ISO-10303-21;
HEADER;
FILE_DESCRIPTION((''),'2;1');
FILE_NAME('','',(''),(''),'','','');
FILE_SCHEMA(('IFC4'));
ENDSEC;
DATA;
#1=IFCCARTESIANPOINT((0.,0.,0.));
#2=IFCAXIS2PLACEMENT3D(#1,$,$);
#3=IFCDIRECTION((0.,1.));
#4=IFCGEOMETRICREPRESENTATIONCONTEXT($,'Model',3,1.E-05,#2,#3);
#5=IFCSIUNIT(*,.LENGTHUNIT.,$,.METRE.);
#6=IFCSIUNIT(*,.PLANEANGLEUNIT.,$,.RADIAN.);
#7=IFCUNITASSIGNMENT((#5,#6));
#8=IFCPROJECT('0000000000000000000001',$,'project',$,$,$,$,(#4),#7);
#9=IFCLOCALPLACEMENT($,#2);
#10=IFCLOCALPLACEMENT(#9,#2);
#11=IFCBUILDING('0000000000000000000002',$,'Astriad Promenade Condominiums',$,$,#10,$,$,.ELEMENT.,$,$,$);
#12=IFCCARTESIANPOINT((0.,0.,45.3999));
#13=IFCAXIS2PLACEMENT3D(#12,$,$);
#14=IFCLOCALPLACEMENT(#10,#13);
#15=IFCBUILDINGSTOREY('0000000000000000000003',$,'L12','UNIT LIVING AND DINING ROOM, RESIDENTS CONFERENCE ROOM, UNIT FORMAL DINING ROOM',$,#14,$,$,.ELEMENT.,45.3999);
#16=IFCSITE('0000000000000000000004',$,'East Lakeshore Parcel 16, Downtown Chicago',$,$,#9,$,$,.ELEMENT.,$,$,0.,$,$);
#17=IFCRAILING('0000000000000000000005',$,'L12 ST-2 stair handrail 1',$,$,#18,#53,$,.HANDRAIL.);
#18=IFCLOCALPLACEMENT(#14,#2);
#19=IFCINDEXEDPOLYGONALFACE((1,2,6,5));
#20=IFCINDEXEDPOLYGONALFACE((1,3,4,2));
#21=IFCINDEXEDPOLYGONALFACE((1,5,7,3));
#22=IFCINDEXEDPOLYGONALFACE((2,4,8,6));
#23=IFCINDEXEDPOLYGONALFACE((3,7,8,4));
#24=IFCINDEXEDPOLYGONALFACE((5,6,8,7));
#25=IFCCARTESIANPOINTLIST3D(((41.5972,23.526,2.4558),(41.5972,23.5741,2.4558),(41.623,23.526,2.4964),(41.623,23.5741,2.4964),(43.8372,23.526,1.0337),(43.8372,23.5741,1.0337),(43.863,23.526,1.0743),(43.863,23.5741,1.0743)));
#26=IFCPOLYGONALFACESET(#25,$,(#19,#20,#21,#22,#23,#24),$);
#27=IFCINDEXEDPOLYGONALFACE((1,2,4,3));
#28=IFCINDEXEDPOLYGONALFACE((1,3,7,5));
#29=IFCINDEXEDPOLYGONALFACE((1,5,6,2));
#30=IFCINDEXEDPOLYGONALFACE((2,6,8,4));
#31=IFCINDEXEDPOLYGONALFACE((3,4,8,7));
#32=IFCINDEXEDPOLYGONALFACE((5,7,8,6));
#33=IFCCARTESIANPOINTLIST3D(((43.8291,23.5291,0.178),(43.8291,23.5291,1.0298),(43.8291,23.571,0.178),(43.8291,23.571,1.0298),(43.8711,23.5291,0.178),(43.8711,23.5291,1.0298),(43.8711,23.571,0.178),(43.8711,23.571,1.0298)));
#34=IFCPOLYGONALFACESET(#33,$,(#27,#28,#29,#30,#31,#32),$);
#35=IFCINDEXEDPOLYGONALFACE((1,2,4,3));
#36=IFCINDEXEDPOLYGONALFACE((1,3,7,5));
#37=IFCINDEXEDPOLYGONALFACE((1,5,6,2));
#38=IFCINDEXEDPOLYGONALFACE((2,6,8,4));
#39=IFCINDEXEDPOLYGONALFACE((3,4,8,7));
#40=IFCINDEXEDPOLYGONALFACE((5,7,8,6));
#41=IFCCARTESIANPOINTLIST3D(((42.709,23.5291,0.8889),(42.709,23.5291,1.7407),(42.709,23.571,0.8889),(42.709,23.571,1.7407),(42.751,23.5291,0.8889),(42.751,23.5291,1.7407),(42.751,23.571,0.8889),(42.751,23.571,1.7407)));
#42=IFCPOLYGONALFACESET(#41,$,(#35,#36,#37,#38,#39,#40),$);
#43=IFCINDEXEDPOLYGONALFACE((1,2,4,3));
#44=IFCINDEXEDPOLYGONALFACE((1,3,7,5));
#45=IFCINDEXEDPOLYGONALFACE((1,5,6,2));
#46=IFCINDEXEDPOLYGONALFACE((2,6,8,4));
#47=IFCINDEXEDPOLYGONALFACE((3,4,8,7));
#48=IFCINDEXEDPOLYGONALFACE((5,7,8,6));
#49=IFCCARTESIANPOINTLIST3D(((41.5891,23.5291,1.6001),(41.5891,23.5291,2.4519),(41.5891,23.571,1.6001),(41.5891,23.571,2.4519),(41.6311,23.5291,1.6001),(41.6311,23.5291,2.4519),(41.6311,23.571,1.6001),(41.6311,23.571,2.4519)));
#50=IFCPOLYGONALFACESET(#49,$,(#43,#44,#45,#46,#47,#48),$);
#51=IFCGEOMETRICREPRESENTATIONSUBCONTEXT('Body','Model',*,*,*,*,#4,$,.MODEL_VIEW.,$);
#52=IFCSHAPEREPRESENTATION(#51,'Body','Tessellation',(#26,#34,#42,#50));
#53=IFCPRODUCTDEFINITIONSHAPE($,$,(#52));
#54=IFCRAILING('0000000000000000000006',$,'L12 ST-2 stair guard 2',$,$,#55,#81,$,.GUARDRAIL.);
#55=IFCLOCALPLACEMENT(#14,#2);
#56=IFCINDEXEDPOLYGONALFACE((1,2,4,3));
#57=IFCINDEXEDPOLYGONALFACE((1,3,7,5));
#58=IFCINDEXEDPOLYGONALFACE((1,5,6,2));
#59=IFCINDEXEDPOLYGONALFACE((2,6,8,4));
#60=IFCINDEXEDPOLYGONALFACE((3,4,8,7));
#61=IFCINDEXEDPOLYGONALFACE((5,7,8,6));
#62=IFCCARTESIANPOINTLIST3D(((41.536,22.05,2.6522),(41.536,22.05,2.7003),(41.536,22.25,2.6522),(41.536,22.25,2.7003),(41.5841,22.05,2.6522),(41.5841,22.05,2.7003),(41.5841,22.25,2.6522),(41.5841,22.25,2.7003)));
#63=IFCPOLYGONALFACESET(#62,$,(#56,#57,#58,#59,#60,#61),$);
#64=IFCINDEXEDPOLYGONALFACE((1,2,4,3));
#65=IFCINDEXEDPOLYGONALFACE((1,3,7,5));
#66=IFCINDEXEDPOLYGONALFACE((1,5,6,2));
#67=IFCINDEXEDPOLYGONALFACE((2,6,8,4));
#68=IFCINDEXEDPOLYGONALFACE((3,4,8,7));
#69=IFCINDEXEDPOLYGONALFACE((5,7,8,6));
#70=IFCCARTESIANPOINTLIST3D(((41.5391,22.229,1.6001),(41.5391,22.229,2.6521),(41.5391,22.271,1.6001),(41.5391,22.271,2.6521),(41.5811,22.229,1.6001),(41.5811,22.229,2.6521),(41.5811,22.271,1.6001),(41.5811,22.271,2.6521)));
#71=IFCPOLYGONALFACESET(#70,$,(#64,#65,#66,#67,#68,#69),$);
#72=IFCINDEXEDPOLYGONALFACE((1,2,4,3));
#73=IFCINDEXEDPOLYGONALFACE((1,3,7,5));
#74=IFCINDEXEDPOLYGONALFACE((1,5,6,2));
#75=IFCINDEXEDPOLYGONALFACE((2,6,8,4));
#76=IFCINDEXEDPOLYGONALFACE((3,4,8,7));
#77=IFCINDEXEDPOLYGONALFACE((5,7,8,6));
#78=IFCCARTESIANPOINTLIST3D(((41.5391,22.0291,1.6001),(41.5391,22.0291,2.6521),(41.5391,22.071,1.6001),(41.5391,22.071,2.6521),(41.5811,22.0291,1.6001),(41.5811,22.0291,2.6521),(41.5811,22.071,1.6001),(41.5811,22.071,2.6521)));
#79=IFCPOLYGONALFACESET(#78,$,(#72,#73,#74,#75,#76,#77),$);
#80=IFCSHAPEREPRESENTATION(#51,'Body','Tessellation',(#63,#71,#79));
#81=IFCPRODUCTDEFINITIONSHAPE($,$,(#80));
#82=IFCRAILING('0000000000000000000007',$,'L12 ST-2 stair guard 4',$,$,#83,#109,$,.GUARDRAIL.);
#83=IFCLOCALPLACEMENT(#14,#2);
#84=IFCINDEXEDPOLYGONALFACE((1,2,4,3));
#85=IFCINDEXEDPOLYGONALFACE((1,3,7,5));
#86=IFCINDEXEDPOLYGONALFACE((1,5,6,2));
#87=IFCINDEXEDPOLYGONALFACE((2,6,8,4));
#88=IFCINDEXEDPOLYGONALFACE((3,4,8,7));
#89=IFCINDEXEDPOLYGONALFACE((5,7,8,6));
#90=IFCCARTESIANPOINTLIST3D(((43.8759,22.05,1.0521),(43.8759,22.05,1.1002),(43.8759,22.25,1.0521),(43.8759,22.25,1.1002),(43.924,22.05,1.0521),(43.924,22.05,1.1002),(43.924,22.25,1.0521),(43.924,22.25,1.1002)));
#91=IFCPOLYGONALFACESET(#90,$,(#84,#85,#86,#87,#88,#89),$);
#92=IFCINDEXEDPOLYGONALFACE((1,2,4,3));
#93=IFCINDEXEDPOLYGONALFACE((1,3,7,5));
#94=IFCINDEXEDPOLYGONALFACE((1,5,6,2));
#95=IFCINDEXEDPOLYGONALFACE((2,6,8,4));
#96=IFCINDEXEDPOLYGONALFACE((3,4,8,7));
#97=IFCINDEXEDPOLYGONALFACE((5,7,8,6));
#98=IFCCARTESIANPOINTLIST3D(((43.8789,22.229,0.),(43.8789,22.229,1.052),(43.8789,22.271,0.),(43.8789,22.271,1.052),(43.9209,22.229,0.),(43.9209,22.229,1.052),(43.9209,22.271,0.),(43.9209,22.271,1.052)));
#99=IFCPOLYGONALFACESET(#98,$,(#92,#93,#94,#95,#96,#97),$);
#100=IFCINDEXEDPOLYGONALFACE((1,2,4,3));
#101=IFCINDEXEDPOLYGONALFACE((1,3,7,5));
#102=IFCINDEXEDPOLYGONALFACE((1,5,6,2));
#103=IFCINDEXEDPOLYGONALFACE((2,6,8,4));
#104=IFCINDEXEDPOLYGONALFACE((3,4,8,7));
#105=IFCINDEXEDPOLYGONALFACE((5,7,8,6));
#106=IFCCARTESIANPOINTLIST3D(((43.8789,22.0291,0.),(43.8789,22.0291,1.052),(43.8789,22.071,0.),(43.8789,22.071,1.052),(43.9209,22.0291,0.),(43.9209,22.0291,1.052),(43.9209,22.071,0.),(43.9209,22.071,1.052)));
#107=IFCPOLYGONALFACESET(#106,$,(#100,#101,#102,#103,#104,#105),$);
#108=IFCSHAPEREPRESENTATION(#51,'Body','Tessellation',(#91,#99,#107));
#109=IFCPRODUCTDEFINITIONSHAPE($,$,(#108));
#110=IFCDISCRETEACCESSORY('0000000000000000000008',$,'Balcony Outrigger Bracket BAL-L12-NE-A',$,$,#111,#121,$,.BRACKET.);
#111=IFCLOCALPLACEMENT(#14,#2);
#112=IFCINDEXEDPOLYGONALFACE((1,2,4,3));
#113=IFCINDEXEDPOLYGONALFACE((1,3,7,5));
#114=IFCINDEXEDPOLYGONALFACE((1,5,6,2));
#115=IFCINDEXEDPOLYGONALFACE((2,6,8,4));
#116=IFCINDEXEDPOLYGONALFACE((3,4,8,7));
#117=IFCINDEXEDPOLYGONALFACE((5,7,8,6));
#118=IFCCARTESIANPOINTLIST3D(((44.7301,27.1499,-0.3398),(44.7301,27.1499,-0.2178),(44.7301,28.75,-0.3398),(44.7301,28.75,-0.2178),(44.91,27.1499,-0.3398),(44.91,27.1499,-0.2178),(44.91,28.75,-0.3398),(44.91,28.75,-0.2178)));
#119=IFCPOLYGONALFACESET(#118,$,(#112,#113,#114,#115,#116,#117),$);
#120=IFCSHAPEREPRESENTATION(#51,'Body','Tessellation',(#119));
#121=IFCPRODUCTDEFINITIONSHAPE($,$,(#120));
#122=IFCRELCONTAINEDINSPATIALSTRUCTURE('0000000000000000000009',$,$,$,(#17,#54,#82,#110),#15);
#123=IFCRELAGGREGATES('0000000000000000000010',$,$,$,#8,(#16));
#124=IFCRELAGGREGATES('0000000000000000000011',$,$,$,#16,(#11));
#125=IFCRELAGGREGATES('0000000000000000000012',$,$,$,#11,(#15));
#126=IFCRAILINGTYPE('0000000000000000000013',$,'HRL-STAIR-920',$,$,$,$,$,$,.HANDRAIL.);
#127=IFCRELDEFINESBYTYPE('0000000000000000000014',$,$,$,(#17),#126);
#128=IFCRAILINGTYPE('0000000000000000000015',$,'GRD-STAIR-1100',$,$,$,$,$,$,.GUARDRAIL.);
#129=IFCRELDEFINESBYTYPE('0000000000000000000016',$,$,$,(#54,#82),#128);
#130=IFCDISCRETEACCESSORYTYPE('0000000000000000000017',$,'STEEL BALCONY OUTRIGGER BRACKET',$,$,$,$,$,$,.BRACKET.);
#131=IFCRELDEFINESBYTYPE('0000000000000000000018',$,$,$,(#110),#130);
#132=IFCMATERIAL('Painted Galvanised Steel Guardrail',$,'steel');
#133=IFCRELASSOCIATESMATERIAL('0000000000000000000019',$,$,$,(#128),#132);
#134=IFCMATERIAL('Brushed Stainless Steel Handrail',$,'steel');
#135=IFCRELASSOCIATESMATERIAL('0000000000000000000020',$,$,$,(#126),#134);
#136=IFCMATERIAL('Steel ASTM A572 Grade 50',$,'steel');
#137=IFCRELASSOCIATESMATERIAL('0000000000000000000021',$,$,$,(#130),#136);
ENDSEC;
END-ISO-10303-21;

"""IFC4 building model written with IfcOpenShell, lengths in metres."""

from ifc_helpers import new_model, si_unit, direction, frame, origin, origin_2d, place, context, subcontext, project, spatial, rectangle, extrude, source, transform, mapped, material, type_object, type_shapes, element, save


model = new_model("IFC4")

# Units and contexts
model_context = context("Model", 3, precision=1e-05, world=origin(), true_north=direction((0.0, 1.0)))
body_context = subcontext(model_context, "Body", "Model", "MODEL_VIEW")
ifc_project = project(units=[si_unit("LENGTHUNIT", "METRE"), si_unit("PLANEANGLEUNIT", "RADIAN")], contexts=[model_context])

# Site, building, storey
site_placement = place(None, origin())
site = spatial("IfcSite", under=ifc_project, at=site_placement, Name="East Lakeshore Parcel 16, Downtown Chicago", CompositionType="ELEMENT", RefElevation=0.0)
building_placement = place(site_placement, origin())
building = spatial("IfcBuilding", under=site, at=building_placement, Name="Astriad Promenade Condominiums", CompositionType="ELEMENT")
storey_placement = place(building_placement, frame((0.0, 0.0, 45.3999)))
storey = spatial("IfcBuildingStorey", under=building, at=storey_placement, Name="L12", Description="UNIT LIVING AND DINING ROOM, RESIDENTS CONFERENCE ROOM, UNIT FORMAL DINING ROOM", CompositionType="ELEMENT", Elevation=45.3999)

# Railings
ifc_material_1 = material(Name="Painted Galvanised Steel Guardrail", Category="steel")
railing_type_1 = type_object("IfcRailingType", Name="GRD-STAIR-1100", PredefinedType="GUARDRAIL", material=ifc_material_1)
ifc_material_2 = material(Name="Brushed Stainless Steel Handrail", Category="steel")
railing_type_2 = type_object("IfcRailingType", Name="HRL-STAIR-920", PredefinedType="HANDRAIL", material=ifc_material_2)
shared_shape_1 = source(origin(), body_context, "Body", "SweptSolid", [
    extrude(rectangle(XDim=0.0481, YDim=0.0481, at=origin_2d()), frame((0.0, 0.0, 0.876), z_axis=(-0.844229, 0.0, 0.535982), x_axis=(0.0, -1.0, 0.0)), (0.0, 0.0, 1.0), 2.6533),
    extrude(rectangle(XDim=0.042, YDim=0.042, at=origin_2d()), origin(), (0.0, 0.0, 1.0), 0.8518),
    extrude(rectangle(XDim=0.042, YDim=0.042, at=origin_2d()), frame((-1.1201, 0.0, 0.7109)), (0.0, 0.0, 1.0), 0.8518),
    extrude(rectangle(XDim=0.042, YDim=0.042, at=origin_2d()), frame((-2.24, 0.0, 1.4221)), (0.0, 0.0, 1.0), 0.8518),
])
railing_1_placement = place(storey_placement, frame((43.8501, 23.55, 0.178)))
element("IfcRailing", 1, at=railing_1_placement, inside=storey, type_object=railing_type_2, Name="L12 ST-2 stair handrail 1", PredefinedType="HANDRAIL", context=body_context, shape_type="MappedRepresentation", body=[
    mapped(shared_shape_1, transform((0.0, 0.0, 0.0), scale=1.0)),
])
shared_shape_2 = source(origin(), body_context, "Body", "SweptSolid", [
    extrude(rectangle(XDim=0.0481, YDim=0.0481, at=origin_2d()), frame((0.0, 0.0, 1.0762), z_axis=(0.0, -1.0, 0.0), x_axis=(1.0, 0.0, 0.0)), (0.0, 0.0, 1.0), 0.2),
    extrude(rectangle(XDim=0.042, YDim=0.042, at=origin_2d()), origin(), (0.0, 0.0, 1.0), 1.052),
    extrude(rectangle(XDim=0.042, YDim=0.042, at=origin_2d()), frame((0.0, -0.2, 0.0)), (0.0, 0.0, 1.0), 1.052),
])
for number, where, name in (
    (2, (41.5601, 22.25, 1.6001), "L12 ST-2 stair guard 2"),
    (3, (43.8999, 22.25, 0.0), "L12 ST-2 stair guard 4"),
):
    element("IfcRailing", number, at=place(storey_placement, frame(where)), inside=storey, type_object=railing_type_1, Name=name, PredefinedType="GUARDRAIL", context=body_context, shape_type="MappedRepresentation", body=[
        mapped(shared_shape_2, transform((0.0, 0.0, 0.0), scale=1.0)),
    ])

# Discrete accessory
ifc_material_3 = material(Name="Steel ASTM A572 Grade 50", Category="steel")
discrete_accessory_type = type_object("IfcDiscreteAccessoryType", Name="STEEL BALCONY OUTRIGGER BRACKET", PredefinedType="BRACKET", material=ifc_material_3)
shared_shape_3 = source(origin(), body_context, "Body", "SweptSolid", [
    extrude(rectangle(XDim=1.6001, YDim=0.1799, at=origin_2d()), origin(), (0.0, 0.0, 1.0), 0.1221),
])
type_shapes(discrete_accessory_type, [shared_shape_3])
discrete_accessory_placement = place(storey_placement, frame((44.8201, 27.95, -0.3398), z_axis=(0.0, 0.0, 1.0), x_axis=(0.0, 1.0, 0.0)))
element("IfcDiscreteAccessory", 4, at=discrete_accessory_placement, inside=storey, type_object=discrete_accessory_type, Name="Balcony Outrigger Bracket BAL-L12-NE-A", PredefinedType="BRACKET", context=body_context, shape_type="MappedRepresentation", body=[
    mapped(shared_shape_3, transform((0.0, 0.0, 0.0), scale=1.0)),
])

save(model, "model.ifc")
